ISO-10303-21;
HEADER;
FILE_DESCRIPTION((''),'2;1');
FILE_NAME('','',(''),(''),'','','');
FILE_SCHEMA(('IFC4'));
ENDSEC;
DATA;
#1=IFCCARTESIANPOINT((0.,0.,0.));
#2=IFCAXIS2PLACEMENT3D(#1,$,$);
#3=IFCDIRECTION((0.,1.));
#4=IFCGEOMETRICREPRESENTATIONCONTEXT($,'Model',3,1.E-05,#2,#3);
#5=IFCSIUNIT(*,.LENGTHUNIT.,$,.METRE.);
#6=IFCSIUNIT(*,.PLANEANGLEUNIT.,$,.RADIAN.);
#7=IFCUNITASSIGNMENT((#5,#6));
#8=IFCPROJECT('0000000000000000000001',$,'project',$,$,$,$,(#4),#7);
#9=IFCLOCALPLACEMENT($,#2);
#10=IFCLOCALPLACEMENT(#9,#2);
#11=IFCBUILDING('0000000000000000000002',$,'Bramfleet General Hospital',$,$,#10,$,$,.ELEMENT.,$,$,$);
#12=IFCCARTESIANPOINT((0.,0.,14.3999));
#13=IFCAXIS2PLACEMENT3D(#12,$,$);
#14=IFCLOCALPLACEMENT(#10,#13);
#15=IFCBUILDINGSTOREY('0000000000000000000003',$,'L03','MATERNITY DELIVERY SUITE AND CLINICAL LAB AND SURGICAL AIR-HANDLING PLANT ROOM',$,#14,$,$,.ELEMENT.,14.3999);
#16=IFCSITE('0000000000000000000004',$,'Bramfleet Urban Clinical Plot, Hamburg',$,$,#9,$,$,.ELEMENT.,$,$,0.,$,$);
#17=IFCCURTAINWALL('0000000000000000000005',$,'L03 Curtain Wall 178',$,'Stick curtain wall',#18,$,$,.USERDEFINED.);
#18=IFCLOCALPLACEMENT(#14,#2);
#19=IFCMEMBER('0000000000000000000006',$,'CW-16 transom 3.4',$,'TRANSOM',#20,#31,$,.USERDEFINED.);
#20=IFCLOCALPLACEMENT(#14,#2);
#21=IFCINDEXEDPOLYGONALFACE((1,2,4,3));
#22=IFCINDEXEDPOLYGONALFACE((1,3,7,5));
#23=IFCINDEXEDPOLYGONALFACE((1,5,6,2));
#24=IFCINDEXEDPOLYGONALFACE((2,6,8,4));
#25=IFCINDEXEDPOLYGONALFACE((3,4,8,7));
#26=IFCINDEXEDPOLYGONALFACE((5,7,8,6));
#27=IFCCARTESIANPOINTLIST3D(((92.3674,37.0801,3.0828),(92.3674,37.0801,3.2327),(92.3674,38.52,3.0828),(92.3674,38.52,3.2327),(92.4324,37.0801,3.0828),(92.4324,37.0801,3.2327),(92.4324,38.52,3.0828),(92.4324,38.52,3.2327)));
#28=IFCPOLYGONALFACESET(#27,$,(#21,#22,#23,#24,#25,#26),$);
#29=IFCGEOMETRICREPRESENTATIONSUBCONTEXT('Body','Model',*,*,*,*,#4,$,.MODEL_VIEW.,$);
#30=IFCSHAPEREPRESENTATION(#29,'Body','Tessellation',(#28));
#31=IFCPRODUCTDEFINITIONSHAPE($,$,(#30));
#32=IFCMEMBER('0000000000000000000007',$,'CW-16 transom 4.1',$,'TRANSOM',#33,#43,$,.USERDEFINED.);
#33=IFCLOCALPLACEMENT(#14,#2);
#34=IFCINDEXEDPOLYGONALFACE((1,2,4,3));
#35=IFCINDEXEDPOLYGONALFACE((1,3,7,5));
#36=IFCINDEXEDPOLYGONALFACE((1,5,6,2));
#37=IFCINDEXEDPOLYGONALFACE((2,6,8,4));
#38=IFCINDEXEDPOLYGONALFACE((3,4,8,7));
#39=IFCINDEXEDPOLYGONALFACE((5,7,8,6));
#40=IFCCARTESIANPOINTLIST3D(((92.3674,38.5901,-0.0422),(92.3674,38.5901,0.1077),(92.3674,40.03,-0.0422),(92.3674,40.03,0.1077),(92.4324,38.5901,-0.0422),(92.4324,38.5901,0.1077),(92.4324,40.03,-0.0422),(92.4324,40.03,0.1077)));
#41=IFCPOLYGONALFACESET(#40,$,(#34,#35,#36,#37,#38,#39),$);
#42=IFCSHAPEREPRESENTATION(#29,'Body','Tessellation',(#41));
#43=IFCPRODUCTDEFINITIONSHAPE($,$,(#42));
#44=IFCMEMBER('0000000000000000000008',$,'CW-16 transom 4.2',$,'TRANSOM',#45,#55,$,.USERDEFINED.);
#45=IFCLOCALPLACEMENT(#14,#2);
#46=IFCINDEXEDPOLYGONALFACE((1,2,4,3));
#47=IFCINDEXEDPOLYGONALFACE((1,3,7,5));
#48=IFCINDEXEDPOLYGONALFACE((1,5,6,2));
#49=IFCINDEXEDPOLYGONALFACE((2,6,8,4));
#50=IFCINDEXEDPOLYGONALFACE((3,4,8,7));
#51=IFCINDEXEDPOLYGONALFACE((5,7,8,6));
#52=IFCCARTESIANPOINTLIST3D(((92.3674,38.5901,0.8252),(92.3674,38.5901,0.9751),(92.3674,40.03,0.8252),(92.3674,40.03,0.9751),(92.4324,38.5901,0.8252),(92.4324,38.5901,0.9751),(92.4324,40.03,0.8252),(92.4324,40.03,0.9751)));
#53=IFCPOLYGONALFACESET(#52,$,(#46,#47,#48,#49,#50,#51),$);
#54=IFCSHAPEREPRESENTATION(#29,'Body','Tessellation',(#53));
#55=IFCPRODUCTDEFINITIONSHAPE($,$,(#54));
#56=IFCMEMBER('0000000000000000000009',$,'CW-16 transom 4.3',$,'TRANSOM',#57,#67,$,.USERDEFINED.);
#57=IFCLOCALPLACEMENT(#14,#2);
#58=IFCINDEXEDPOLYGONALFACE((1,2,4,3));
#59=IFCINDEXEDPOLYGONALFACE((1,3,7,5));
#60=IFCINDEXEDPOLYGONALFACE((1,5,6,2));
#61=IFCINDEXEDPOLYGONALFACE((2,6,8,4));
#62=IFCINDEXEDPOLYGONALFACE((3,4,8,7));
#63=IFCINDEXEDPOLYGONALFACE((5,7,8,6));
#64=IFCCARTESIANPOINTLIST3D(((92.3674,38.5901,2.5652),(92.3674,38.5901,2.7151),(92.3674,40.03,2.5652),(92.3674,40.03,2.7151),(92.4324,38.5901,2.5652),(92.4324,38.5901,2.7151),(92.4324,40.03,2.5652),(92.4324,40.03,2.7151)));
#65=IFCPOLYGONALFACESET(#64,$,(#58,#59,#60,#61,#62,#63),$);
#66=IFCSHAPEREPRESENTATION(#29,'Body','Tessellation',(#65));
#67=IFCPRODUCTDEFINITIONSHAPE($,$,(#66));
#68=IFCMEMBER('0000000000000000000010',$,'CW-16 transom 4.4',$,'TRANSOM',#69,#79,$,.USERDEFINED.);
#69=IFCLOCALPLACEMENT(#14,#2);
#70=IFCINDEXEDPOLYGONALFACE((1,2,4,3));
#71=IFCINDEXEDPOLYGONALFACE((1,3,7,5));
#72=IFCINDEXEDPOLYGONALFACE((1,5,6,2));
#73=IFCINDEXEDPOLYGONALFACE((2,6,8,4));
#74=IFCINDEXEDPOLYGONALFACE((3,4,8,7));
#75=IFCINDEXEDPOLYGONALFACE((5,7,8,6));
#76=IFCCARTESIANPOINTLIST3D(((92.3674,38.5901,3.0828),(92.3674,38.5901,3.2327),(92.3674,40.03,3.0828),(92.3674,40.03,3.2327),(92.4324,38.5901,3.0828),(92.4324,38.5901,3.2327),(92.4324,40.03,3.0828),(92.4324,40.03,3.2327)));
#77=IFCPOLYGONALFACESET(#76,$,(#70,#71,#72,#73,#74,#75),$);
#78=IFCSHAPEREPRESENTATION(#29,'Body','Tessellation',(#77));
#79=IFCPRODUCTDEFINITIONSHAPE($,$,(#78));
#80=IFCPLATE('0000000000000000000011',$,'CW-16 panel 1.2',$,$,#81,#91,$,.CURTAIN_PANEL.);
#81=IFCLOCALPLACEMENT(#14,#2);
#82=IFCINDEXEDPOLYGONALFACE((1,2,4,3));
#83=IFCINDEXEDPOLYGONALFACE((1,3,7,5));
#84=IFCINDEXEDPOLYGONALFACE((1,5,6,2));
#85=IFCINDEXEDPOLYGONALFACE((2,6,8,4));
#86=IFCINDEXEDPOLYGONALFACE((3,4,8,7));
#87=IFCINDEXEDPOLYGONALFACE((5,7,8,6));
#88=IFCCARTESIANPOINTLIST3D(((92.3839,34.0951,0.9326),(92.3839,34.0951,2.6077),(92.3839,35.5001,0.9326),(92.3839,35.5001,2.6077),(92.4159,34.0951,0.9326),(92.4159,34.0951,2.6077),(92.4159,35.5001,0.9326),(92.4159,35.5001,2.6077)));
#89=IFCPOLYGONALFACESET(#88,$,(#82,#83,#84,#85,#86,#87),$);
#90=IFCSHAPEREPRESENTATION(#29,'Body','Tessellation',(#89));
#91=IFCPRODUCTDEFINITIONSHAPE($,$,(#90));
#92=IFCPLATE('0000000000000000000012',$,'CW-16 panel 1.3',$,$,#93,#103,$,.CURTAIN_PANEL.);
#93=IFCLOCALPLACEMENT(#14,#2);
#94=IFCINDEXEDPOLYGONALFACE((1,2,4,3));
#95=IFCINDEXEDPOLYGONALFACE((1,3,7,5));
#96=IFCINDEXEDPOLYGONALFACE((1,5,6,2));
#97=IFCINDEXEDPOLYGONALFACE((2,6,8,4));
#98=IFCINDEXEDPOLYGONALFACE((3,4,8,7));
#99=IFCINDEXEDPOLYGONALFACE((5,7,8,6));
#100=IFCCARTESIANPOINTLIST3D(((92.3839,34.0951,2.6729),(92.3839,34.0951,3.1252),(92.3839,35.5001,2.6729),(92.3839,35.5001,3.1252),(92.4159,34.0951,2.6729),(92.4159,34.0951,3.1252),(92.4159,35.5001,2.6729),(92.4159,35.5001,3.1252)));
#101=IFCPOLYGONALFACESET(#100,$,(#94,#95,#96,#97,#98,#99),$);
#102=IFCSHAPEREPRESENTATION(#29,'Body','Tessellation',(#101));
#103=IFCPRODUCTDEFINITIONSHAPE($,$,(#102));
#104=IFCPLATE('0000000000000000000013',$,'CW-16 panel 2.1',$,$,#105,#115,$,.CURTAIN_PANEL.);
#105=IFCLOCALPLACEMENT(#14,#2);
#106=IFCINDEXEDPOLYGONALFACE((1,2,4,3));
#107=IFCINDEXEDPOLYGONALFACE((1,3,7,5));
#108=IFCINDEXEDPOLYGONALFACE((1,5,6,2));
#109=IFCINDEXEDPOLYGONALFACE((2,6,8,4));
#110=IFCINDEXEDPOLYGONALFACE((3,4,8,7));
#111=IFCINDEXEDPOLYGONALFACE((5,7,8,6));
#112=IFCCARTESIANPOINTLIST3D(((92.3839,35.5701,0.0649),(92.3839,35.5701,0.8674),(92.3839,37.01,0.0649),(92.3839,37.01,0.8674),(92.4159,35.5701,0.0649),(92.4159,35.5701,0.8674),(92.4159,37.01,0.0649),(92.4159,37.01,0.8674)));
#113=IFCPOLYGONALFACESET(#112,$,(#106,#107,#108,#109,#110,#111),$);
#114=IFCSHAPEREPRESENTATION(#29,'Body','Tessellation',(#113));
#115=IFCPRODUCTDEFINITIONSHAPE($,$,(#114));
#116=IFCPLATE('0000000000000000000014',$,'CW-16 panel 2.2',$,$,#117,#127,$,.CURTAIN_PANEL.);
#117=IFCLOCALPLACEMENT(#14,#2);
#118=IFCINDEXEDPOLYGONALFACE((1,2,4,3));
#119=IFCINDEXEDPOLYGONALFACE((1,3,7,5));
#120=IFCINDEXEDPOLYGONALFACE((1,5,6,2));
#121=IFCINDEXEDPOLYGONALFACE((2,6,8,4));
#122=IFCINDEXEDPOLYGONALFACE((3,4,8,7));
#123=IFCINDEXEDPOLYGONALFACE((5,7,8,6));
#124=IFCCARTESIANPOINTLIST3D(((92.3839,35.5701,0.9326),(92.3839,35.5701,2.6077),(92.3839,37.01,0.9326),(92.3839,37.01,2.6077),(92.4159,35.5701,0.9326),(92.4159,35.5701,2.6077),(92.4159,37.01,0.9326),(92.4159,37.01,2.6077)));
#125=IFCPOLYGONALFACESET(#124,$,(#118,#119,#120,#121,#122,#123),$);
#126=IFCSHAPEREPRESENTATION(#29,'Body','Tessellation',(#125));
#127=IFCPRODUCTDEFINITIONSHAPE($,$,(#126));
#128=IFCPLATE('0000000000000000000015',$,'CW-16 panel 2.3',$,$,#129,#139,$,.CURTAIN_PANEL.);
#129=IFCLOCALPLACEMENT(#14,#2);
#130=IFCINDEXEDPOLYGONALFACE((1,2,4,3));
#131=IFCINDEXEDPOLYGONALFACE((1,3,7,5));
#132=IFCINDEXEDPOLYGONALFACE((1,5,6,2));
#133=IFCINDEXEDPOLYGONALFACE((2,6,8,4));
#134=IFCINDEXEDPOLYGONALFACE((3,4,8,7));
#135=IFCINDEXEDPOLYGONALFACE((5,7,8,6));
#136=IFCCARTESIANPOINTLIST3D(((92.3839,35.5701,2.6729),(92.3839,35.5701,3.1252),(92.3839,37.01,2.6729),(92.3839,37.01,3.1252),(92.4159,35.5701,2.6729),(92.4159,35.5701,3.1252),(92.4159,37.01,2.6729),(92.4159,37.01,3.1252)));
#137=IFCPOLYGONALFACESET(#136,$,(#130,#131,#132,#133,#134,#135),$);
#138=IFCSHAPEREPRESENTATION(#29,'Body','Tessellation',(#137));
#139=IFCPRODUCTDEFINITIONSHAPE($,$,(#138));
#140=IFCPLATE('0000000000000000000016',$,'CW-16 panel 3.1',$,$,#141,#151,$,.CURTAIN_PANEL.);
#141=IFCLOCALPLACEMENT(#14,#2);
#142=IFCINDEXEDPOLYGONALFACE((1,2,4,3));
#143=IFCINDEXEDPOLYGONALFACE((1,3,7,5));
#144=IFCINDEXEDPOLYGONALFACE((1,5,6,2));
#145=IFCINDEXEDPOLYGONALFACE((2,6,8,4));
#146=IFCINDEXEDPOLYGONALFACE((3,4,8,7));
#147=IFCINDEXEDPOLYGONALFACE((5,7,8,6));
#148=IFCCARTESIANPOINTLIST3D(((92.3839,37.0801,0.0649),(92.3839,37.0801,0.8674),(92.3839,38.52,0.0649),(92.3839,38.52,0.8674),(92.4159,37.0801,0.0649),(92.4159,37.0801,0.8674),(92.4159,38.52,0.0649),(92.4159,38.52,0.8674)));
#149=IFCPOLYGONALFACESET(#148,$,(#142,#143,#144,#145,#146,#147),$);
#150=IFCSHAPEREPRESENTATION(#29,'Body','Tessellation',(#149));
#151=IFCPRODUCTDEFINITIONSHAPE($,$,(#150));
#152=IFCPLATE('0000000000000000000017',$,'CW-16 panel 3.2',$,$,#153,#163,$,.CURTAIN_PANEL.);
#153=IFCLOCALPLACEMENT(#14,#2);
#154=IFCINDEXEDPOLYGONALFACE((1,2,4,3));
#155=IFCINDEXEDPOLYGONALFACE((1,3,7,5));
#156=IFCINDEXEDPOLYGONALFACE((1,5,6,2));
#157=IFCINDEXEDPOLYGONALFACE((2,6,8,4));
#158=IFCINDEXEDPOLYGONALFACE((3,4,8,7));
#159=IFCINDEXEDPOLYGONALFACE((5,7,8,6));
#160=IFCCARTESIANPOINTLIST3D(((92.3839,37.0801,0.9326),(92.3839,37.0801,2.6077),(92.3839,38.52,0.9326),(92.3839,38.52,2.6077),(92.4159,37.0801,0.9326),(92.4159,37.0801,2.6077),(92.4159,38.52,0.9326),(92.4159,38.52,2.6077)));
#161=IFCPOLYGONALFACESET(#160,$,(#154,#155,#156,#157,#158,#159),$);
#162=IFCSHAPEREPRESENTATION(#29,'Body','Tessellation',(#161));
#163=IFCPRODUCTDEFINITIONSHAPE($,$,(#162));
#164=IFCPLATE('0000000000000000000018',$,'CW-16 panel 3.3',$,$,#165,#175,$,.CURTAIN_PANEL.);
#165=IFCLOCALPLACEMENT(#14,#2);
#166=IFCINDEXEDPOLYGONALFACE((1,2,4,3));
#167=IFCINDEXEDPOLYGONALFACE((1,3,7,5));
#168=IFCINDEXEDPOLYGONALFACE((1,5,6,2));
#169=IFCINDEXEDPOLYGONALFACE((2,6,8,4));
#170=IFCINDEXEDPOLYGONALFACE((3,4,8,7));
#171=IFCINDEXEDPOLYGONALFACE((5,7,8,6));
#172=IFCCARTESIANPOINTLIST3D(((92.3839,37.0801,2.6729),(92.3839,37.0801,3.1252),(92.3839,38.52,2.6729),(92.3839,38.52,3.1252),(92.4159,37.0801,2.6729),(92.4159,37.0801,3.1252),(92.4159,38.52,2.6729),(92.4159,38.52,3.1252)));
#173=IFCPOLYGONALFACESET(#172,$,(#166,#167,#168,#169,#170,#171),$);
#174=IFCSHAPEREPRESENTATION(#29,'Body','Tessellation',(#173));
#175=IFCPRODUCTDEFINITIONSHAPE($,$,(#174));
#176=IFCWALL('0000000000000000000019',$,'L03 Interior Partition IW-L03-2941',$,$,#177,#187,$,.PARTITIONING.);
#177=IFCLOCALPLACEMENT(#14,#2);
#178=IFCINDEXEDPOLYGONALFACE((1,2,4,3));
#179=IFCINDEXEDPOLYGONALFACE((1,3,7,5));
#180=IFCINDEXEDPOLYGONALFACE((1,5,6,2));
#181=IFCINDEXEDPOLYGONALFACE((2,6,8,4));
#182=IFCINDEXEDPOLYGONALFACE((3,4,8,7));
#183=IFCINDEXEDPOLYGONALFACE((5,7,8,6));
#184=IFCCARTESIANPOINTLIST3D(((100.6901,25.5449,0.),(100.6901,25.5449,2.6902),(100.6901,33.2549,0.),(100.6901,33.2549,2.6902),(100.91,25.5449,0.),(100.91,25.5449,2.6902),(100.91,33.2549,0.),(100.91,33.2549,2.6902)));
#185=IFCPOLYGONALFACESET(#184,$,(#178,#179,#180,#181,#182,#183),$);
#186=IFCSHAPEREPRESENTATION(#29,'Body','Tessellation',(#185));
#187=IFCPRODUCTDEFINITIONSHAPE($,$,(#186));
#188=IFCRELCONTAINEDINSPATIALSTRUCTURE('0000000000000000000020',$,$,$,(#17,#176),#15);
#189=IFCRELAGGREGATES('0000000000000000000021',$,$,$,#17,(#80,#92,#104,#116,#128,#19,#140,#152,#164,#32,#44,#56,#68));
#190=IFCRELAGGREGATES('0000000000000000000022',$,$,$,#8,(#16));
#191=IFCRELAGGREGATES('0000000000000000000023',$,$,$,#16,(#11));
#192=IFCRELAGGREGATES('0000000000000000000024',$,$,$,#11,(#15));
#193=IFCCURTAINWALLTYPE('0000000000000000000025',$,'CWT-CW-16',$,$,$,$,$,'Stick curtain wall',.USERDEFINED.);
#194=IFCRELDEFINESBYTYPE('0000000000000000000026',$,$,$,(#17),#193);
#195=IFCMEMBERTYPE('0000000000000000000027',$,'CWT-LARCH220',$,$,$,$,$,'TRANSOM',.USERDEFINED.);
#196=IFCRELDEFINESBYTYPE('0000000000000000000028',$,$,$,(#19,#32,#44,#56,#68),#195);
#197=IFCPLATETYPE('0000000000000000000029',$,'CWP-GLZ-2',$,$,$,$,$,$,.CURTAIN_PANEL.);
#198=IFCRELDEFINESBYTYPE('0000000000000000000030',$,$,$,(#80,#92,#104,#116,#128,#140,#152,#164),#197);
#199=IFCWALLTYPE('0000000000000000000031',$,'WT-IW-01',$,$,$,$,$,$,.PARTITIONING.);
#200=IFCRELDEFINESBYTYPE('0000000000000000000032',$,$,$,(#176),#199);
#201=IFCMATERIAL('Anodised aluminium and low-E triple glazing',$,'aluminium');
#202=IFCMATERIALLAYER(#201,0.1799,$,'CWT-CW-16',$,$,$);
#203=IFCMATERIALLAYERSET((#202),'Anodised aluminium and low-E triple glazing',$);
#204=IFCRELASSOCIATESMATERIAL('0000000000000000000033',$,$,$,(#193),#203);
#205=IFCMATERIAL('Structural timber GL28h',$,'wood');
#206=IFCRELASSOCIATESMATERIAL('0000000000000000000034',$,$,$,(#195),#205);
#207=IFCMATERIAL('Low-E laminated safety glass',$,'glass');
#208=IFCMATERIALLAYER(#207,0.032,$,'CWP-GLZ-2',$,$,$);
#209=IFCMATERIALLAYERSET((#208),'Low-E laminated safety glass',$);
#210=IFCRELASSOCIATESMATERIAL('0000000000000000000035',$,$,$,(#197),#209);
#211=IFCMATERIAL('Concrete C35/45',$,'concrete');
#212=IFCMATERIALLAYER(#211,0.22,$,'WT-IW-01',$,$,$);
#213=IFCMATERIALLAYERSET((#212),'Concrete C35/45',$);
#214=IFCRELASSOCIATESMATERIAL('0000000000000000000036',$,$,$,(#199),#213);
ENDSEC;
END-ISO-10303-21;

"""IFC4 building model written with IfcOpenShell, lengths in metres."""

from ifc_helpers import new_model, si_unit, direction, frame, frame_2d, origin, origin_2d, place, context, subcontext, project, spatial, rectangle, extrude, material, layer, layer_set, material_profile, profile_set, type_object, element, aggregate, save


model = new_model("IFC4")

# Units and contexts
model_context = context("Model", 3, precision=1e-05, world=origin(), true_north=direction((0.0, 1.0)))
body_context = subcontext(model_context, "Body", "Model", "MODEL_VIEW")
ifc_project = project(units=[si_unit("LENGTHUNIT", "METRE"), si_unit("PLANEANGLEUNIT", "RADIAN")], contexts=[model_context])

# Site, building, storey
site_placement = place(None, origin())
site = spatial("IfcSite", under=ifc_project, at=site_placement, Name="Bramfleet Urban Clinical Plot, Hamburg", CompositionType="ELEMENT", RefElevation=0.0)
building_placement = place(site_placement, origin())
building = spatial("IfcBuilding", under=site, at=building_placement, Name="Bramfleet General Hospital", CompositionType="ELEMENT")
storey_placement = place(building_placement, frame((0.0, 0.0, 14.3999)))
storey = spatial("IfcBuildingStorey", under=building, at=storey_placement, Name="L03", Description="MATERNITY DELIVERY SUITE AND CLINICAL LAB AND SURGICAL AIR-HANDLING PLANT ROOM", CompositionType="ELEMENT", Elevation=14.3999)

# Shared definitions
ifc_material_1 = material(Name="Concrete C35/45", Category="concrete")

# Curtain wall, members, plates
ifc_material_2 = material(Name="Anodised aluminium and low-E triple glazing", Category="aluminium")
ifc_layer_1 = layer(ifc_material_2, 0.1799, Name="CWT-CW-16")
ifc_layer_set_1 = layer_set([ifc_layer_1], Name="Anodised aluminium and low-E triple glazing")
curtain_wall_type = type_object("IfcCurtainWallType", Name="CWT-CW-16", ElementType="Stick curtain wall", PredefinedType="USERDEFINED", material=ifc_layer_set_1)
curtain_wall_placement = place(storey_placement, origin())
curtain_wall = element("IfcCurtainWall", 1, at=curtain_wall_placement, inside=storey, type_object=curtain_wall_type, Name="L03 Curtain Wall 178", ObjectType="Stick curtain wall", PredefinedType="USERDEFINED")
ifc_material_3 = material(Name="Structural timber GL28h", Category="wood")
ifc_material_profile_1 = material_profile(ifc_material_3, rectangle(XDim=0.0649, YDim=0.1499, at=origin_2d()), Name="LARCH 150x65")
ifc_profile_set_1 = profile_set([ifc_material_profile_1], Name="Structural timber GL28h")
member_type = type_object("IfcMemberType", Name="CWT-LARCH220", ElementType="TRANSOM", PredefinedType="USERDEFINED", material=ifc_profile_set_1)
member_1_placement = place(storey_placement, frame((92.3999, 37.0801, 3.1577), z_axis=(0.0, 1.0, 0.0), x_axis=(-1.0, 0.0, 0.0)))
member_1 = element("IfcMember", 2, at=member_1_placement, type_object=member_type, Name="CW-16 transom 3.4", ObjectType="TRANSOM", PredefinedType="USERDEFINED", context=body_context, shape_type="SweptSolid", body=[
    extrude(rectangle(XDim=0.0649, YDim=0.1499, at=origin_2d()), origin(), (0.0, 0.0, 1.0), 1.4399),
])
member_2_placement = place(storey_placement, frame((92.3999, 38.5901, 0.0327), z_axis=(0.0, 1.0, 0.0), x_axis=(-1.0, 0.0, 0.0)))
member_2 = element("IfcMember", 3, at=member_2_placement, type_object=member_type, Name="CW-16 transom 4.1", ObjectType="TRANSOM", PredefinedType="USERDEFINED", context=body_context, shape_type="SweptSolid", body=[
    extrude(rectangle(XDim=0.0649, YDim=0.1499, at=origin_2d()), origin(), (0.0, 0.0, 1.0), 1.4399),
])
member_3_placement = place(storey_placement, frame((92.3999, 38.5901, 0.9001), z_axis=(0.0, 1.0, 0.0), x_axis=(-1.0, 0.0, 0.0)))
member_3 = element("IfcMember", 4, at=member_3_placement, type_object=member_type, Name="CW-16 transom 4.2", ObjectType="TRANSOM", PredefinedType="USERDEFINED", context=body_context, shape_type="SweptSolid", body=[
    extrude(rectangle(XDim=0.0649, YDim=0.1499, at=origin_2d()), origin(), (0.0, 0.0, 1.0), 1.4399),
])
member_4_placement = place(storey_placement, frame((92.3999, 38.5901, 2.6401), z_axis=(0.0, 1.0, 0.0), x_axis=(-1.0, 0.0, 0.0)))
member_4 = element("IfcMember", 5, at=member_4_placement, type_object=member_type, Name="CW-16 transom 4.3", ObjectType="TRANSOM", PredefinedType="USERDEFINED", context=body_context, shape_type="SweptSolid", body=[
    extrude(rectangle(XDim=0.0649, YDim=0.1499, at=origin_2d()), origin(), (0.0, 0.0, 1.0), 1.4399),
])
member_5_placement = place(storey_placement, frame((92.3999, 38.5901, 3.1577), z_axis=(0.0, 1.0, 0.0), x_axis=(-1.0, 0.0, 0.0)))
member_5 = element("IfcMember", 6, at=member_5_placement, type_object=member_type, Name="CW-16 transom 4.4", ObjectType="TRANSOM", PredefinedType="USERDEFINED", context=body_context, shape_type="SweptSolid", body=[
    extrude(rectangle(XDim=0.0649, YDim=0.1499, at=origin_2d()), origin(), (0.0, 0.0, 1.0), 1.4399),
])
ifc_material_4 = material(Name="Low-E laminated safety glass", Category="glass")
ifc_layer_2 = layer(ifc_material_4, 0.032, Name="CWP-GLZ-2")
ifc_layer_set_2 = layer_set([ifc_layer_2], Name="Low-E laminated safety glass")
plate_type = type_object("IfcPlateType", Name="CWP-GLZ-2", PredefinedType="CURTAIN_PANEL", material=ifc_layer_set_2)
plate_1_placement = place(storey_placement, frame((92.3999, 34.7976, 0.9326), z_axis=(0.0, 0.0, 1.0), x_axis=(0.0, 1.0, 0.0)))
plate_1 = element("IfcPlate", 7, at=plate_1_placement, type_object=plate_type, Name="CW-16 panel 1.2", PredefinedType="CURTAIN_PANEL", context=body_context, shape_type="SweptSolid", body=[
    extrude(rectangle(XDim=1.405, YDim=0.032, at=origin_2d()), origin(), (0.0, 0.0, 1.0), 1.675),
])
plate_2_placement = place(storey_placement, frame((92.3999, 34.7976, 2.6729), z_axis=(0.0, 0.0, 1.0), x_axis=(0.0, 1.0, 0.0)))
plate_2 = element("IfcPlate", 8, at=plate_2_placement, type_object=plate_type, Name="CW-16 panel 1.3", PredefinedType="CURTAIN_PANEL", context=body_context, shape_type="SweptSolid", body=[
    extrude(rectangle(XDim=1.405, YDim=0.032, at=origin_2d()), origin(), (0.0, 0.0, 1.0), 0.4524),
])
plate_3_placement = place(storey_placement, frame((92.3999, 36.29, 0.0649), z_axis=(0.0, 0.0, 1.0), x_axis=(0.0, 1.0, 0.0)))
plate_3 = element("IfcPlate", 9, at=plate_3_placement, type_object=plate_type, Name="CW-16 panel 2.1", PredefinedType="CURTAIN_PANEL", context=body_context, shape_type="SweptSolid", body=[
    extrude(rectangle(XDim=1.4399, YDim=0.032, at=origin_2d()), origin(), (0.0, 0.0, 1.0), 0.8025),
])
plate_4_placement = place(storey_placement, frame((92.3999, 36.29, 0.9326), z_axis=(0.0, 0.0, 1.0), x_axis=(0.0, 1.0, 0.0)))
plate_4 = element("IfcPlate", 10, at=plate_4_placement, type_object=plate_type, Name="CW-16 panel 2.2", PredefinedType="CURTAIN_PANEL", context=body_context, shape_type="SweptSolid", body=[
    extrude(rectangle(XDim=1.4399, YDim=0.032, at=origin_2d()), origin(), (0.0, 0.0, 1.0), 1.675),
])
plate_5_placement = place(storey_placement, frame((92.3999, 36.29, 2.6729), z_axis=(0.0, 0.0, 1.0), x_axis=(0.0, 1.0, 0.0)))
plate_5 = element("IfcPlate", 11, at=plate_5_placement, type_object=plate_type, Name="CW-16 panel 2.3", PredefinedType="CURTAIN_PANEL", context=body_context, shape_type="SweptSolid", body=[
    extrude(rectangle(XDim=1.4399, YDim=0.032, at=origin_2d()), origin(), (0.0, 0.0, 1.0), 0.4524),
])
plate_6_placement = place(storey_placement, frame((92.3999, 37.8, 0.0649), z_axis=(0.0, 0.0, 1.0), x_axis=(0.0, 1.0, 0.0)))
plate_6 = element("IfcPlate", 12, at=plate_6_placement, type_object=plate_type, Name="CW-16 panel 3.1", PredefinedType="CURTAIN_PANEL", context=body_context, shape_type="SweptSolid", body=[
    extrude(rectangle(XDim=1.4399, YDim=0.032, at=origin_2d()), origin(), (0.0, 0.0, 1.0), 0.8025),
])
plate_7_placement = place(storey_placement, frame((92.3999, 37.8, 0.9326), z_axis=(0.0, 0.0, 1.0), x_axis=(0.0, 1.0, 0.0)))
plate_7 = element("IfcPlate", 13, at=plate_7_placement, type_object=plate_type, Name="CW-16 panel 3.2", PredefinedType="CURTAIN_PANEL", context=body_context, shape_type="SweptSolid", body=[
    extrude(rectangle(XDim=1.4399, YDim=0.032, at=origin_2d()), origin(), (0.0, 0.0, 1.0), 1.675),
])
plate_8_placement = place(storey_placement, frame((92.3999, 37.8, 2.6729), z_axis=(0.0, 0.0, 1.0), x_axis=(0.0, 1.0, 0.0)))
plate_8 = element("IfcPlate", 14, at=plate_8_placement, type_object=plate_type, Name="CW-16 panel 3.3", PredefinedType="CURTAIN_PANEL", context=body_context, shape_type="SweptSolid", body=[
    extrude(rectangle(XDim=1.4399, YDim=0.032, at=origin_2d()), origin(), (0.0, 0.0, 1.0), 0.4524),
])
aggregate(curtain_wall, [plate_1, plate_2, plate_3, plate_4, plate_5, member_1, plate_6, plate_7, plate_8, member_2, member_3, member_4, member_5])

# Wall
ifc_layer_3 = layer(ifc_material_1, 0.22, Name="WT-IW-01")
ifc_layer_set_3 = layer_set([ifc_layer_3], Name="Concrete C35/45")
wall_type_1 = type_object("IfcWallType", Name="WT-IW-01", PredefinedType="PARTITIONING", material=ifc_layer_set_3)
wall_1_placement = place(storey_placement, frame((100.8, 25.5449, 0.0), z_axis=(0.0, 0.0, 1.0), x_axis=(0.0, 1.0, 0.0)))
element("IfcWall", 15, at=wall_1_placement, inside=storey, type_object=wall_type_1, Name="L03 Interior Partition IW-L03-2941", PredefinedType="PARTITIONING", context=body_context, shape_type="SweptSolid", body=[
    extrude(rectangle(XDim=7.71, YDim=0.22, at=frame_2d((3.855, 0.0))), origin(), (0.0, 0.0, 1.0), 2.6902),
])

save(model, "model.ifc")
